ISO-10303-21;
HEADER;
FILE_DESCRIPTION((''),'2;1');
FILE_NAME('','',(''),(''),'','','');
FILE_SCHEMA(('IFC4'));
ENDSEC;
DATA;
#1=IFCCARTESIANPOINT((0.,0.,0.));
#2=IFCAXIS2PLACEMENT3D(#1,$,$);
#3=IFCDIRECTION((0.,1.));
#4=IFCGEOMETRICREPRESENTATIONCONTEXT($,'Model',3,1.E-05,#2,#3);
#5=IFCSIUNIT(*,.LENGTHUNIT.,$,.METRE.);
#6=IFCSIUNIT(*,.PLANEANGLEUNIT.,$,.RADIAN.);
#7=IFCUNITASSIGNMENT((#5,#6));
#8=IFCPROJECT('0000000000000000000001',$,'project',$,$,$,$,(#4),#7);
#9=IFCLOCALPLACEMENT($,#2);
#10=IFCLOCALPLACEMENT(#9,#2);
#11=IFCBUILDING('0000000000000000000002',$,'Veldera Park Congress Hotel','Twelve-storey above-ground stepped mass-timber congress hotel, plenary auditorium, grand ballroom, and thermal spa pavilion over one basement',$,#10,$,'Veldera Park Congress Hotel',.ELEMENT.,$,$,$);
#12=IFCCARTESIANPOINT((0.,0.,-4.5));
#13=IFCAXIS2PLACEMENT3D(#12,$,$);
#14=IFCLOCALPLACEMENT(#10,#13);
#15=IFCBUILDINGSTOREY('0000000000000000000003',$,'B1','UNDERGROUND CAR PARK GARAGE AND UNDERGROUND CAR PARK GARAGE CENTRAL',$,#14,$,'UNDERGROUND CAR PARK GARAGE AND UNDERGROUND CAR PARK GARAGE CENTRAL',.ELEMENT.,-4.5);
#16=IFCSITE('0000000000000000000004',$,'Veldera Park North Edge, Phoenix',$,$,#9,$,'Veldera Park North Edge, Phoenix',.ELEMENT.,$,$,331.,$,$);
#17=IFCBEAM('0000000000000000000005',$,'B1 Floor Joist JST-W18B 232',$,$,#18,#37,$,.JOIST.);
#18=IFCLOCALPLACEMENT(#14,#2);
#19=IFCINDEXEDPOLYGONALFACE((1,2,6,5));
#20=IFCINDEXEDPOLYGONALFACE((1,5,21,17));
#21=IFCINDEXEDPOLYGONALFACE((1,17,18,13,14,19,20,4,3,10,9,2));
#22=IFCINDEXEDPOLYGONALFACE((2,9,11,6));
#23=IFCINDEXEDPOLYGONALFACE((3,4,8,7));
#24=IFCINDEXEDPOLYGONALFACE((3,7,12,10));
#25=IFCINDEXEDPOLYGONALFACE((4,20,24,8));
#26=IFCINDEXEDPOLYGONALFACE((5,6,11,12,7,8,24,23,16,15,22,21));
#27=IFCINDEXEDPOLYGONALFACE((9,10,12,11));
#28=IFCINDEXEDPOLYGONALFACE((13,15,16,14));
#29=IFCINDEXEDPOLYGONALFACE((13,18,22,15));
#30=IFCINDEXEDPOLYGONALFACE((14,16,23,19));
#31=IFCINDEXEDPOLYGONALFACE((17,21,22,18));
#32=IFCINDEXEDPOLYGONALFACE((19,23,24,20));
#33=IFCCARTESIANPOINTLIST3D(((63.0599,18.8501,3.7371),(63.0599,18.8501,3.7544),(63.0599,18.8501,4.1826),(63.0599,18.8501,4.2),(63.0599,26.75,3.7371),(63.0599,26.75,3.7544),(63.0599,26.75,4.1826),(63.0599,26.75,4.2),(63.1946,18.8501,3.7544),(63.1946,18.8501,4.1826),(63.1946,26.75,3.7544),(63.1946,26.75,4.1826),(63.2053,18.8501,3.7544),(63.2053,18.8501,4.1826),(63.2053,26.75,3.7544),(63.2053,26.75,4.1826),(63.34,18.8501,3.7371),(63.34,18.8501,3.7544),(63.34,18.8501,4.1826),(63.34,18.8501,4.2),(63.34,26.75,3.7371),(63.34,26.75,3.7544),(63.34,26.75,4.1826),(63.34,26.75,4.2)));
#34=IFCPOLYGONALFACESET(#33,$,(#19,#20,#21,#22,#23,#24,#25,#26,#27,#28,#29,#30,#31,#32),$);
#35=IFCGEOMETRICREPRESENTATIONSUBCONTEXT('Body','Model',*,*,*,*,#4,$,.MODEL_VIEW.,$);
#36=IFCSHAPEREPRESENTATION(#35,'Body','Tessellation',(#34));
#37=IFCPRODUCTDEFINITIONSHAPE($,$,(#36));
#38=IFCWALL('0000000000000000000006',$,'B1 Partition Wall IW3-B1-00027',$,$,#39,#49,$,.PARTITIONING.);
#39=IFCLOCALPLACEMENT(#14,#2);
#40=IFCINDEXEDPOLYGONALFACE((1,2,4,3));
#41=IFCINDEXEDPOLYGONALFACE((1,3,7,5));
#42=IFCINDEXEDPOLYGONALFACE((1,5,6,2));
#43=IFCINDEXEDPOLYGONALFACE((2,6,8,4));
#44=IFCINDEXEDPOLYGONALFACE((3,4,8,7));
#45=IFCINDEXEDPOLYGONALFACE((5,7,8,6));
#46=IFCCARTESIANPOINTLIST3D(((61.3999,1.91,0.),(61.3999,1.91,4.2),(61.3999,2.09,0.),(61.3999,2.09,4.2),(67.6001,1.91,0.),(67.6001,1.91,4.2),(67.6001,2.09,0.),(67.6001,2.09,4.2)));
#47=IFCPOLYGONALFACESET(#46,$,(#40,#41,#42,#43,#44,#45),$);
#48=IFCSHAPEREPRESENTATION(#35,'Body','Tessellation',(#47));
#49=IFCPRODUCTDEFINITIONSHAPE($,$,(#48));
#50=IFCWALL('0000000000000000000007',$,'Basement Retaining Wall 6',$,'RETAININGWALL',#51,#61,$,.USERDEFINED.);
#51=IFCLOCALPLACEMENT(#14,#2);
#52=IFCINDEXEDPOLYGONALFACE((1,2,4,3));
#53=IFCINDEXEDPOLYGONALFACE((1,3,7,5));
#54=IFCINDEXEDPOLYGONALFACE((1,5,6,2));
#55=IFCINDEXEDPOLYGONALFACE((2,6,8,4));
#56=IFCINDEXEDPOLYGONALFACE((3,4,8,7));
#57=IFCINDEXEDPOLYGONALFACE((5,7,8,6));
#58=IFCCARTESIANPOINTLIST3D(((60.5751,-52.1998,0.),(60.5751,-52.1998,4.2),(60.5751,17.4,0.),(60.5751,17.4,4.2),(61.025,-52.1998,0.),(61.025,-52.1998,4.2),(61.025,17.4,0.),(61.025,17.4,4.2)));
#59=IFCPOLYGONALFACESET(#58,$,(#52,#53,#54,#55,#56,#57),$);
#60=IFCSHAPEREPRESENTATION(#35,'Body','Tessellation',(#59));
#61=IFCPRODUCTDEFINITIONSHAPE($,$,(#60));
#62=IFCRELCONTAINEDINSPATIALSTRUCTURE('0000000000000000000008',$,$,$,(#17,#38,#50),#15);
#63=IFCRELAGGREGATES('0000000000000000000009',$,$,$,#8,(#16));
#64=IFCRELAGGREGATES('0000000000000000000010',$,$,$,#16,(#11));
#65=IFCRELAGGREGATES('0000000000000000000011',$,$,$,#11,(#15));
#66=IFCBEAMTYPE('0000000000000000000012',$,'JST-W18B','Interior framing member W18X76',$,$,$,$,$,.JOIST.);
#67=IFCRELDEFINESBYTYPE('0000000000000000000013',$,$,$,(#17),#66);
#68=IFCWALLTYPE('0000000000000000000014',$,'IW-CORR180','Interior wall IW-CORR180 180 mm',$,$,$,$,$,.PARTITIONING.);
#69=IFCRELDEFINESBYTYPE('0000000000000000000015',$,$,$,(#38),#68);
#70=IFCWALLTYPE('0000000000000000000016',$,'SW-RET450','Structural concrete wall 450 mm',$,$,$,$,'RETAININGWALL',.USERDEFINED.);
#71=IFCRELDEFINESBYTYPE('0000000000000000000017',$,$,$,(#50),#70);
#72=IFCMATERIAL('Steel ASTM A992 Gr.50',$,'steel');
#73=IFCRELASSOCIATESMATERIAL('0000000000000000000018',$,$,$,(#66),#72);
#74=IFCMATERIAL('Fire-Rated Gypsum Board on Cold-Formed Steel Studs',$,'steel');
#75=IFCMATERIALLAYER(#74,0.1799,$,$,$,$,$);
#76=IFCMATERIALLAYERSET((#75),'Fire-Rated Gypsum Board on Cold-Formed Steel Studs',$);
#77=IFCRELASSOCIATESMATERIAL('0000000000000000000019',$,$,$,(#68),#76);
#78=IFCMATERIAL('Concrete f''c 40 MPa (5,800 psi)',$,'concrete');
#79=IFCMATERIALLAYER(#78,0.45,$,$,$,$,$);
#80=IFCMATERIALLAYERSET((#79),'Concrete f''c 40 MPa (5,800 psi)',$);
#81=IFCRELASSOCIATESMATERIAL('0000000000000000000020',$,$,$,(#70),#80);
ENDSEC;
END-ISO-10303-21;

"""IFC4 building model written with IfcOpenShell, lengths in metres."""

from ifc_helpers import new_model, si_unit, direction, frame, frame_2d, origin, origin_2d, place, context, subcontext, project, spatial, rectangle, i_section, extrude, material, layer, layer_set, material_profile, profile_set, type_object, element, save


model = new_model("IFC4")

# Units and contexts
model_context = context("Model", 3, precision=1e-05, world=origin(), true_north=direction((0.0, 1.0)))
body_context = subcontext(model_context, "Body", "Model", "MODEL_VIEW")
ifc_project = project(units=[si_unit("LENGTHUNIT", "METRE"), si_unit("PLANEANGLEUNIT", "RADIAN")], contexts=[model_context])

# Site, building, storey
site_placement = place(None, origin())
site = spatial("IfcSite", under=ifc_project, at=site_placement, Name="Veldera Park North Edge, Phoenix", LongName="Veldera Park North Edge, Phoenix", CompositionType="ELEMENT", RefElevation=331.0)
building_placement = place(site_placement, origin())
building = spatial("IfcBuilding", under=site, at=building_placement, Name="Veldera Park Congress Hotel", Description="Twelve-storey above-ground stepped mass-timber congress hotel, plenary auditorium, grand ballroom, and thermal spa pavilion over one basement", LongName="Veldera Park Congress Hotel", CompositionType="ELEMENT")
storey_placement = place(building_placement, frame((0.0, 0.0, -4.5)))
storey = spatial("IfcBuildingStorey", under=building, at=storey_placement, Name="B1", Description="UNDERGROUND CAR PARK GARAGE AND UNDERGROUND CAR PARK GARAGE CENTRAL", LongName="UNDERGROUND CAR PARK GARAGE AND UNDERGROUND CAR PARK GARAGE CENTRAL", CompositionType="ELEMENT", Elevation=-4.5)

# Shared definitions
ifc_material_1 = material(Name="Concrete f'c 40 MPa (5,800 psi)", Category="concrete")

# Beam
ifc_material_2 = material(Name="Steel ASTM A992 Gr.50", Category="steel")
ifc_material_profile_1 = material_profile(ifc_material_2, i_section(OverallWidth=0.28, OverallDepth=0.4629, WebThickness=0.0107, FlangeThickness=0.0173, at=origin_2d()), Name="W18X76")
ifc_profile_set_1 = profile_set([ifc_material_profile_1], Name="Steel ASTM A992 Gr.50")
beam_type_1 = type_object("IfcBeamType", Name="JST-W18B", Description="Interior framing member W18X76", PredefinedType="JOIST", material=ifc_profile_set_1)
beam_1_placement = place(storey_placement, frame((63.2, 18.8501, 3.9685), z_axis=(0.0, 1.0, 0.0), x_axis=(-1.0, 0.0, 0.0)))
element("IfcBeam", 1, at=beam_1_placement, inside=storey, type_object=beam_type_1, Name="B1 Floor Joist JST-W18B 232", PredefinedType="JOIST", context=body_context, shape_type="SweptSolid", body=[
    extrude(i_section(OverallWidth=0.28, OverallDepth=0.4629, WebThickness=0.0107, FlangeThickness=0.0173, at=origin_2d()), origin(), (0.0, 0.0, 1.0), 7.8999),
])

# Walls
ifc_material_3 = material(Name="Fire-Rated Gypsum Board on Cold-Formed Steel Studs", Category="steel")
ifc_layer_1 = layer(ifc_material_3, 0.1799)
ifc_layer_set_1 = layer_set([ifc_layer_1], Name="Fire-Rated Gypsum Board on Cold-Formed Steel Studs")
wall_type_1 = type_object("IfcWallType", Name="IW-CORR180", Description="Interior wall IW-CORR180 180 mm", PredefinedType="PARTITIONING", material=ifc_layer_set_1)
wall_1_placement = place(storey_placement, frame((61.3999, 2.0, 0.0), z_axis=(0.0, 0.0, 1.0), x_axis=(1.0, 0.0, 0.0)))
element("IfcWall", 2, at=wall_1_placement, inside=storey, type_object=wall_type_1, Name="B1 Partition Wall IW3-B1-00027", PredefinedType="PARTITIONING", context=body_context, shape_type="SweptSolid", body=[
    extrude(rectangle(XDim=6.2002, YDim=0.1799, at=frame_2d((3.1001, 0.0))), origin(), (0.0, 0.0, 1.0), 4.2),
])
ifc_layer_2 = layer(ifc_material_1, 0.45)
ifc_layer_set_2 = layer_set([ifc_layer_2], Name="Concrete f'c 40 MPa (5,800 psi)")
wall_type_2 = type_object("IfcWallType", Name="SW-RET450", Description="Structural concrete wall 450 mm", ElementType="RETAININGWALL", PredefinedType="USERDEFINED", material=ifc_layer_set_2)
wall_2_placement = place(storey_placement, frame((60.8, 17.3999, 0.0), z_axis=(0.0, 0.0, 1.0), x_axis=(0.0, -1.0, 0.0)))
element("IfcWall", 3, at=wall_2_placement, inside=storey, type_object=wall_type_2, Name="Basement Retaining Wall 6", ObjectType="RETAININGWALL", PredefinedType="USERDEFINED", context=body_context, shape_type="SweptSolid", body=[
    extrude(rectangle(XDim=69.5999, YDim=0.45, at=frame_2d((34.7998, 0.0))), origin(), (0.0, 0.0, 1.0), 4.2),
])

save(model, "model.ifc")
